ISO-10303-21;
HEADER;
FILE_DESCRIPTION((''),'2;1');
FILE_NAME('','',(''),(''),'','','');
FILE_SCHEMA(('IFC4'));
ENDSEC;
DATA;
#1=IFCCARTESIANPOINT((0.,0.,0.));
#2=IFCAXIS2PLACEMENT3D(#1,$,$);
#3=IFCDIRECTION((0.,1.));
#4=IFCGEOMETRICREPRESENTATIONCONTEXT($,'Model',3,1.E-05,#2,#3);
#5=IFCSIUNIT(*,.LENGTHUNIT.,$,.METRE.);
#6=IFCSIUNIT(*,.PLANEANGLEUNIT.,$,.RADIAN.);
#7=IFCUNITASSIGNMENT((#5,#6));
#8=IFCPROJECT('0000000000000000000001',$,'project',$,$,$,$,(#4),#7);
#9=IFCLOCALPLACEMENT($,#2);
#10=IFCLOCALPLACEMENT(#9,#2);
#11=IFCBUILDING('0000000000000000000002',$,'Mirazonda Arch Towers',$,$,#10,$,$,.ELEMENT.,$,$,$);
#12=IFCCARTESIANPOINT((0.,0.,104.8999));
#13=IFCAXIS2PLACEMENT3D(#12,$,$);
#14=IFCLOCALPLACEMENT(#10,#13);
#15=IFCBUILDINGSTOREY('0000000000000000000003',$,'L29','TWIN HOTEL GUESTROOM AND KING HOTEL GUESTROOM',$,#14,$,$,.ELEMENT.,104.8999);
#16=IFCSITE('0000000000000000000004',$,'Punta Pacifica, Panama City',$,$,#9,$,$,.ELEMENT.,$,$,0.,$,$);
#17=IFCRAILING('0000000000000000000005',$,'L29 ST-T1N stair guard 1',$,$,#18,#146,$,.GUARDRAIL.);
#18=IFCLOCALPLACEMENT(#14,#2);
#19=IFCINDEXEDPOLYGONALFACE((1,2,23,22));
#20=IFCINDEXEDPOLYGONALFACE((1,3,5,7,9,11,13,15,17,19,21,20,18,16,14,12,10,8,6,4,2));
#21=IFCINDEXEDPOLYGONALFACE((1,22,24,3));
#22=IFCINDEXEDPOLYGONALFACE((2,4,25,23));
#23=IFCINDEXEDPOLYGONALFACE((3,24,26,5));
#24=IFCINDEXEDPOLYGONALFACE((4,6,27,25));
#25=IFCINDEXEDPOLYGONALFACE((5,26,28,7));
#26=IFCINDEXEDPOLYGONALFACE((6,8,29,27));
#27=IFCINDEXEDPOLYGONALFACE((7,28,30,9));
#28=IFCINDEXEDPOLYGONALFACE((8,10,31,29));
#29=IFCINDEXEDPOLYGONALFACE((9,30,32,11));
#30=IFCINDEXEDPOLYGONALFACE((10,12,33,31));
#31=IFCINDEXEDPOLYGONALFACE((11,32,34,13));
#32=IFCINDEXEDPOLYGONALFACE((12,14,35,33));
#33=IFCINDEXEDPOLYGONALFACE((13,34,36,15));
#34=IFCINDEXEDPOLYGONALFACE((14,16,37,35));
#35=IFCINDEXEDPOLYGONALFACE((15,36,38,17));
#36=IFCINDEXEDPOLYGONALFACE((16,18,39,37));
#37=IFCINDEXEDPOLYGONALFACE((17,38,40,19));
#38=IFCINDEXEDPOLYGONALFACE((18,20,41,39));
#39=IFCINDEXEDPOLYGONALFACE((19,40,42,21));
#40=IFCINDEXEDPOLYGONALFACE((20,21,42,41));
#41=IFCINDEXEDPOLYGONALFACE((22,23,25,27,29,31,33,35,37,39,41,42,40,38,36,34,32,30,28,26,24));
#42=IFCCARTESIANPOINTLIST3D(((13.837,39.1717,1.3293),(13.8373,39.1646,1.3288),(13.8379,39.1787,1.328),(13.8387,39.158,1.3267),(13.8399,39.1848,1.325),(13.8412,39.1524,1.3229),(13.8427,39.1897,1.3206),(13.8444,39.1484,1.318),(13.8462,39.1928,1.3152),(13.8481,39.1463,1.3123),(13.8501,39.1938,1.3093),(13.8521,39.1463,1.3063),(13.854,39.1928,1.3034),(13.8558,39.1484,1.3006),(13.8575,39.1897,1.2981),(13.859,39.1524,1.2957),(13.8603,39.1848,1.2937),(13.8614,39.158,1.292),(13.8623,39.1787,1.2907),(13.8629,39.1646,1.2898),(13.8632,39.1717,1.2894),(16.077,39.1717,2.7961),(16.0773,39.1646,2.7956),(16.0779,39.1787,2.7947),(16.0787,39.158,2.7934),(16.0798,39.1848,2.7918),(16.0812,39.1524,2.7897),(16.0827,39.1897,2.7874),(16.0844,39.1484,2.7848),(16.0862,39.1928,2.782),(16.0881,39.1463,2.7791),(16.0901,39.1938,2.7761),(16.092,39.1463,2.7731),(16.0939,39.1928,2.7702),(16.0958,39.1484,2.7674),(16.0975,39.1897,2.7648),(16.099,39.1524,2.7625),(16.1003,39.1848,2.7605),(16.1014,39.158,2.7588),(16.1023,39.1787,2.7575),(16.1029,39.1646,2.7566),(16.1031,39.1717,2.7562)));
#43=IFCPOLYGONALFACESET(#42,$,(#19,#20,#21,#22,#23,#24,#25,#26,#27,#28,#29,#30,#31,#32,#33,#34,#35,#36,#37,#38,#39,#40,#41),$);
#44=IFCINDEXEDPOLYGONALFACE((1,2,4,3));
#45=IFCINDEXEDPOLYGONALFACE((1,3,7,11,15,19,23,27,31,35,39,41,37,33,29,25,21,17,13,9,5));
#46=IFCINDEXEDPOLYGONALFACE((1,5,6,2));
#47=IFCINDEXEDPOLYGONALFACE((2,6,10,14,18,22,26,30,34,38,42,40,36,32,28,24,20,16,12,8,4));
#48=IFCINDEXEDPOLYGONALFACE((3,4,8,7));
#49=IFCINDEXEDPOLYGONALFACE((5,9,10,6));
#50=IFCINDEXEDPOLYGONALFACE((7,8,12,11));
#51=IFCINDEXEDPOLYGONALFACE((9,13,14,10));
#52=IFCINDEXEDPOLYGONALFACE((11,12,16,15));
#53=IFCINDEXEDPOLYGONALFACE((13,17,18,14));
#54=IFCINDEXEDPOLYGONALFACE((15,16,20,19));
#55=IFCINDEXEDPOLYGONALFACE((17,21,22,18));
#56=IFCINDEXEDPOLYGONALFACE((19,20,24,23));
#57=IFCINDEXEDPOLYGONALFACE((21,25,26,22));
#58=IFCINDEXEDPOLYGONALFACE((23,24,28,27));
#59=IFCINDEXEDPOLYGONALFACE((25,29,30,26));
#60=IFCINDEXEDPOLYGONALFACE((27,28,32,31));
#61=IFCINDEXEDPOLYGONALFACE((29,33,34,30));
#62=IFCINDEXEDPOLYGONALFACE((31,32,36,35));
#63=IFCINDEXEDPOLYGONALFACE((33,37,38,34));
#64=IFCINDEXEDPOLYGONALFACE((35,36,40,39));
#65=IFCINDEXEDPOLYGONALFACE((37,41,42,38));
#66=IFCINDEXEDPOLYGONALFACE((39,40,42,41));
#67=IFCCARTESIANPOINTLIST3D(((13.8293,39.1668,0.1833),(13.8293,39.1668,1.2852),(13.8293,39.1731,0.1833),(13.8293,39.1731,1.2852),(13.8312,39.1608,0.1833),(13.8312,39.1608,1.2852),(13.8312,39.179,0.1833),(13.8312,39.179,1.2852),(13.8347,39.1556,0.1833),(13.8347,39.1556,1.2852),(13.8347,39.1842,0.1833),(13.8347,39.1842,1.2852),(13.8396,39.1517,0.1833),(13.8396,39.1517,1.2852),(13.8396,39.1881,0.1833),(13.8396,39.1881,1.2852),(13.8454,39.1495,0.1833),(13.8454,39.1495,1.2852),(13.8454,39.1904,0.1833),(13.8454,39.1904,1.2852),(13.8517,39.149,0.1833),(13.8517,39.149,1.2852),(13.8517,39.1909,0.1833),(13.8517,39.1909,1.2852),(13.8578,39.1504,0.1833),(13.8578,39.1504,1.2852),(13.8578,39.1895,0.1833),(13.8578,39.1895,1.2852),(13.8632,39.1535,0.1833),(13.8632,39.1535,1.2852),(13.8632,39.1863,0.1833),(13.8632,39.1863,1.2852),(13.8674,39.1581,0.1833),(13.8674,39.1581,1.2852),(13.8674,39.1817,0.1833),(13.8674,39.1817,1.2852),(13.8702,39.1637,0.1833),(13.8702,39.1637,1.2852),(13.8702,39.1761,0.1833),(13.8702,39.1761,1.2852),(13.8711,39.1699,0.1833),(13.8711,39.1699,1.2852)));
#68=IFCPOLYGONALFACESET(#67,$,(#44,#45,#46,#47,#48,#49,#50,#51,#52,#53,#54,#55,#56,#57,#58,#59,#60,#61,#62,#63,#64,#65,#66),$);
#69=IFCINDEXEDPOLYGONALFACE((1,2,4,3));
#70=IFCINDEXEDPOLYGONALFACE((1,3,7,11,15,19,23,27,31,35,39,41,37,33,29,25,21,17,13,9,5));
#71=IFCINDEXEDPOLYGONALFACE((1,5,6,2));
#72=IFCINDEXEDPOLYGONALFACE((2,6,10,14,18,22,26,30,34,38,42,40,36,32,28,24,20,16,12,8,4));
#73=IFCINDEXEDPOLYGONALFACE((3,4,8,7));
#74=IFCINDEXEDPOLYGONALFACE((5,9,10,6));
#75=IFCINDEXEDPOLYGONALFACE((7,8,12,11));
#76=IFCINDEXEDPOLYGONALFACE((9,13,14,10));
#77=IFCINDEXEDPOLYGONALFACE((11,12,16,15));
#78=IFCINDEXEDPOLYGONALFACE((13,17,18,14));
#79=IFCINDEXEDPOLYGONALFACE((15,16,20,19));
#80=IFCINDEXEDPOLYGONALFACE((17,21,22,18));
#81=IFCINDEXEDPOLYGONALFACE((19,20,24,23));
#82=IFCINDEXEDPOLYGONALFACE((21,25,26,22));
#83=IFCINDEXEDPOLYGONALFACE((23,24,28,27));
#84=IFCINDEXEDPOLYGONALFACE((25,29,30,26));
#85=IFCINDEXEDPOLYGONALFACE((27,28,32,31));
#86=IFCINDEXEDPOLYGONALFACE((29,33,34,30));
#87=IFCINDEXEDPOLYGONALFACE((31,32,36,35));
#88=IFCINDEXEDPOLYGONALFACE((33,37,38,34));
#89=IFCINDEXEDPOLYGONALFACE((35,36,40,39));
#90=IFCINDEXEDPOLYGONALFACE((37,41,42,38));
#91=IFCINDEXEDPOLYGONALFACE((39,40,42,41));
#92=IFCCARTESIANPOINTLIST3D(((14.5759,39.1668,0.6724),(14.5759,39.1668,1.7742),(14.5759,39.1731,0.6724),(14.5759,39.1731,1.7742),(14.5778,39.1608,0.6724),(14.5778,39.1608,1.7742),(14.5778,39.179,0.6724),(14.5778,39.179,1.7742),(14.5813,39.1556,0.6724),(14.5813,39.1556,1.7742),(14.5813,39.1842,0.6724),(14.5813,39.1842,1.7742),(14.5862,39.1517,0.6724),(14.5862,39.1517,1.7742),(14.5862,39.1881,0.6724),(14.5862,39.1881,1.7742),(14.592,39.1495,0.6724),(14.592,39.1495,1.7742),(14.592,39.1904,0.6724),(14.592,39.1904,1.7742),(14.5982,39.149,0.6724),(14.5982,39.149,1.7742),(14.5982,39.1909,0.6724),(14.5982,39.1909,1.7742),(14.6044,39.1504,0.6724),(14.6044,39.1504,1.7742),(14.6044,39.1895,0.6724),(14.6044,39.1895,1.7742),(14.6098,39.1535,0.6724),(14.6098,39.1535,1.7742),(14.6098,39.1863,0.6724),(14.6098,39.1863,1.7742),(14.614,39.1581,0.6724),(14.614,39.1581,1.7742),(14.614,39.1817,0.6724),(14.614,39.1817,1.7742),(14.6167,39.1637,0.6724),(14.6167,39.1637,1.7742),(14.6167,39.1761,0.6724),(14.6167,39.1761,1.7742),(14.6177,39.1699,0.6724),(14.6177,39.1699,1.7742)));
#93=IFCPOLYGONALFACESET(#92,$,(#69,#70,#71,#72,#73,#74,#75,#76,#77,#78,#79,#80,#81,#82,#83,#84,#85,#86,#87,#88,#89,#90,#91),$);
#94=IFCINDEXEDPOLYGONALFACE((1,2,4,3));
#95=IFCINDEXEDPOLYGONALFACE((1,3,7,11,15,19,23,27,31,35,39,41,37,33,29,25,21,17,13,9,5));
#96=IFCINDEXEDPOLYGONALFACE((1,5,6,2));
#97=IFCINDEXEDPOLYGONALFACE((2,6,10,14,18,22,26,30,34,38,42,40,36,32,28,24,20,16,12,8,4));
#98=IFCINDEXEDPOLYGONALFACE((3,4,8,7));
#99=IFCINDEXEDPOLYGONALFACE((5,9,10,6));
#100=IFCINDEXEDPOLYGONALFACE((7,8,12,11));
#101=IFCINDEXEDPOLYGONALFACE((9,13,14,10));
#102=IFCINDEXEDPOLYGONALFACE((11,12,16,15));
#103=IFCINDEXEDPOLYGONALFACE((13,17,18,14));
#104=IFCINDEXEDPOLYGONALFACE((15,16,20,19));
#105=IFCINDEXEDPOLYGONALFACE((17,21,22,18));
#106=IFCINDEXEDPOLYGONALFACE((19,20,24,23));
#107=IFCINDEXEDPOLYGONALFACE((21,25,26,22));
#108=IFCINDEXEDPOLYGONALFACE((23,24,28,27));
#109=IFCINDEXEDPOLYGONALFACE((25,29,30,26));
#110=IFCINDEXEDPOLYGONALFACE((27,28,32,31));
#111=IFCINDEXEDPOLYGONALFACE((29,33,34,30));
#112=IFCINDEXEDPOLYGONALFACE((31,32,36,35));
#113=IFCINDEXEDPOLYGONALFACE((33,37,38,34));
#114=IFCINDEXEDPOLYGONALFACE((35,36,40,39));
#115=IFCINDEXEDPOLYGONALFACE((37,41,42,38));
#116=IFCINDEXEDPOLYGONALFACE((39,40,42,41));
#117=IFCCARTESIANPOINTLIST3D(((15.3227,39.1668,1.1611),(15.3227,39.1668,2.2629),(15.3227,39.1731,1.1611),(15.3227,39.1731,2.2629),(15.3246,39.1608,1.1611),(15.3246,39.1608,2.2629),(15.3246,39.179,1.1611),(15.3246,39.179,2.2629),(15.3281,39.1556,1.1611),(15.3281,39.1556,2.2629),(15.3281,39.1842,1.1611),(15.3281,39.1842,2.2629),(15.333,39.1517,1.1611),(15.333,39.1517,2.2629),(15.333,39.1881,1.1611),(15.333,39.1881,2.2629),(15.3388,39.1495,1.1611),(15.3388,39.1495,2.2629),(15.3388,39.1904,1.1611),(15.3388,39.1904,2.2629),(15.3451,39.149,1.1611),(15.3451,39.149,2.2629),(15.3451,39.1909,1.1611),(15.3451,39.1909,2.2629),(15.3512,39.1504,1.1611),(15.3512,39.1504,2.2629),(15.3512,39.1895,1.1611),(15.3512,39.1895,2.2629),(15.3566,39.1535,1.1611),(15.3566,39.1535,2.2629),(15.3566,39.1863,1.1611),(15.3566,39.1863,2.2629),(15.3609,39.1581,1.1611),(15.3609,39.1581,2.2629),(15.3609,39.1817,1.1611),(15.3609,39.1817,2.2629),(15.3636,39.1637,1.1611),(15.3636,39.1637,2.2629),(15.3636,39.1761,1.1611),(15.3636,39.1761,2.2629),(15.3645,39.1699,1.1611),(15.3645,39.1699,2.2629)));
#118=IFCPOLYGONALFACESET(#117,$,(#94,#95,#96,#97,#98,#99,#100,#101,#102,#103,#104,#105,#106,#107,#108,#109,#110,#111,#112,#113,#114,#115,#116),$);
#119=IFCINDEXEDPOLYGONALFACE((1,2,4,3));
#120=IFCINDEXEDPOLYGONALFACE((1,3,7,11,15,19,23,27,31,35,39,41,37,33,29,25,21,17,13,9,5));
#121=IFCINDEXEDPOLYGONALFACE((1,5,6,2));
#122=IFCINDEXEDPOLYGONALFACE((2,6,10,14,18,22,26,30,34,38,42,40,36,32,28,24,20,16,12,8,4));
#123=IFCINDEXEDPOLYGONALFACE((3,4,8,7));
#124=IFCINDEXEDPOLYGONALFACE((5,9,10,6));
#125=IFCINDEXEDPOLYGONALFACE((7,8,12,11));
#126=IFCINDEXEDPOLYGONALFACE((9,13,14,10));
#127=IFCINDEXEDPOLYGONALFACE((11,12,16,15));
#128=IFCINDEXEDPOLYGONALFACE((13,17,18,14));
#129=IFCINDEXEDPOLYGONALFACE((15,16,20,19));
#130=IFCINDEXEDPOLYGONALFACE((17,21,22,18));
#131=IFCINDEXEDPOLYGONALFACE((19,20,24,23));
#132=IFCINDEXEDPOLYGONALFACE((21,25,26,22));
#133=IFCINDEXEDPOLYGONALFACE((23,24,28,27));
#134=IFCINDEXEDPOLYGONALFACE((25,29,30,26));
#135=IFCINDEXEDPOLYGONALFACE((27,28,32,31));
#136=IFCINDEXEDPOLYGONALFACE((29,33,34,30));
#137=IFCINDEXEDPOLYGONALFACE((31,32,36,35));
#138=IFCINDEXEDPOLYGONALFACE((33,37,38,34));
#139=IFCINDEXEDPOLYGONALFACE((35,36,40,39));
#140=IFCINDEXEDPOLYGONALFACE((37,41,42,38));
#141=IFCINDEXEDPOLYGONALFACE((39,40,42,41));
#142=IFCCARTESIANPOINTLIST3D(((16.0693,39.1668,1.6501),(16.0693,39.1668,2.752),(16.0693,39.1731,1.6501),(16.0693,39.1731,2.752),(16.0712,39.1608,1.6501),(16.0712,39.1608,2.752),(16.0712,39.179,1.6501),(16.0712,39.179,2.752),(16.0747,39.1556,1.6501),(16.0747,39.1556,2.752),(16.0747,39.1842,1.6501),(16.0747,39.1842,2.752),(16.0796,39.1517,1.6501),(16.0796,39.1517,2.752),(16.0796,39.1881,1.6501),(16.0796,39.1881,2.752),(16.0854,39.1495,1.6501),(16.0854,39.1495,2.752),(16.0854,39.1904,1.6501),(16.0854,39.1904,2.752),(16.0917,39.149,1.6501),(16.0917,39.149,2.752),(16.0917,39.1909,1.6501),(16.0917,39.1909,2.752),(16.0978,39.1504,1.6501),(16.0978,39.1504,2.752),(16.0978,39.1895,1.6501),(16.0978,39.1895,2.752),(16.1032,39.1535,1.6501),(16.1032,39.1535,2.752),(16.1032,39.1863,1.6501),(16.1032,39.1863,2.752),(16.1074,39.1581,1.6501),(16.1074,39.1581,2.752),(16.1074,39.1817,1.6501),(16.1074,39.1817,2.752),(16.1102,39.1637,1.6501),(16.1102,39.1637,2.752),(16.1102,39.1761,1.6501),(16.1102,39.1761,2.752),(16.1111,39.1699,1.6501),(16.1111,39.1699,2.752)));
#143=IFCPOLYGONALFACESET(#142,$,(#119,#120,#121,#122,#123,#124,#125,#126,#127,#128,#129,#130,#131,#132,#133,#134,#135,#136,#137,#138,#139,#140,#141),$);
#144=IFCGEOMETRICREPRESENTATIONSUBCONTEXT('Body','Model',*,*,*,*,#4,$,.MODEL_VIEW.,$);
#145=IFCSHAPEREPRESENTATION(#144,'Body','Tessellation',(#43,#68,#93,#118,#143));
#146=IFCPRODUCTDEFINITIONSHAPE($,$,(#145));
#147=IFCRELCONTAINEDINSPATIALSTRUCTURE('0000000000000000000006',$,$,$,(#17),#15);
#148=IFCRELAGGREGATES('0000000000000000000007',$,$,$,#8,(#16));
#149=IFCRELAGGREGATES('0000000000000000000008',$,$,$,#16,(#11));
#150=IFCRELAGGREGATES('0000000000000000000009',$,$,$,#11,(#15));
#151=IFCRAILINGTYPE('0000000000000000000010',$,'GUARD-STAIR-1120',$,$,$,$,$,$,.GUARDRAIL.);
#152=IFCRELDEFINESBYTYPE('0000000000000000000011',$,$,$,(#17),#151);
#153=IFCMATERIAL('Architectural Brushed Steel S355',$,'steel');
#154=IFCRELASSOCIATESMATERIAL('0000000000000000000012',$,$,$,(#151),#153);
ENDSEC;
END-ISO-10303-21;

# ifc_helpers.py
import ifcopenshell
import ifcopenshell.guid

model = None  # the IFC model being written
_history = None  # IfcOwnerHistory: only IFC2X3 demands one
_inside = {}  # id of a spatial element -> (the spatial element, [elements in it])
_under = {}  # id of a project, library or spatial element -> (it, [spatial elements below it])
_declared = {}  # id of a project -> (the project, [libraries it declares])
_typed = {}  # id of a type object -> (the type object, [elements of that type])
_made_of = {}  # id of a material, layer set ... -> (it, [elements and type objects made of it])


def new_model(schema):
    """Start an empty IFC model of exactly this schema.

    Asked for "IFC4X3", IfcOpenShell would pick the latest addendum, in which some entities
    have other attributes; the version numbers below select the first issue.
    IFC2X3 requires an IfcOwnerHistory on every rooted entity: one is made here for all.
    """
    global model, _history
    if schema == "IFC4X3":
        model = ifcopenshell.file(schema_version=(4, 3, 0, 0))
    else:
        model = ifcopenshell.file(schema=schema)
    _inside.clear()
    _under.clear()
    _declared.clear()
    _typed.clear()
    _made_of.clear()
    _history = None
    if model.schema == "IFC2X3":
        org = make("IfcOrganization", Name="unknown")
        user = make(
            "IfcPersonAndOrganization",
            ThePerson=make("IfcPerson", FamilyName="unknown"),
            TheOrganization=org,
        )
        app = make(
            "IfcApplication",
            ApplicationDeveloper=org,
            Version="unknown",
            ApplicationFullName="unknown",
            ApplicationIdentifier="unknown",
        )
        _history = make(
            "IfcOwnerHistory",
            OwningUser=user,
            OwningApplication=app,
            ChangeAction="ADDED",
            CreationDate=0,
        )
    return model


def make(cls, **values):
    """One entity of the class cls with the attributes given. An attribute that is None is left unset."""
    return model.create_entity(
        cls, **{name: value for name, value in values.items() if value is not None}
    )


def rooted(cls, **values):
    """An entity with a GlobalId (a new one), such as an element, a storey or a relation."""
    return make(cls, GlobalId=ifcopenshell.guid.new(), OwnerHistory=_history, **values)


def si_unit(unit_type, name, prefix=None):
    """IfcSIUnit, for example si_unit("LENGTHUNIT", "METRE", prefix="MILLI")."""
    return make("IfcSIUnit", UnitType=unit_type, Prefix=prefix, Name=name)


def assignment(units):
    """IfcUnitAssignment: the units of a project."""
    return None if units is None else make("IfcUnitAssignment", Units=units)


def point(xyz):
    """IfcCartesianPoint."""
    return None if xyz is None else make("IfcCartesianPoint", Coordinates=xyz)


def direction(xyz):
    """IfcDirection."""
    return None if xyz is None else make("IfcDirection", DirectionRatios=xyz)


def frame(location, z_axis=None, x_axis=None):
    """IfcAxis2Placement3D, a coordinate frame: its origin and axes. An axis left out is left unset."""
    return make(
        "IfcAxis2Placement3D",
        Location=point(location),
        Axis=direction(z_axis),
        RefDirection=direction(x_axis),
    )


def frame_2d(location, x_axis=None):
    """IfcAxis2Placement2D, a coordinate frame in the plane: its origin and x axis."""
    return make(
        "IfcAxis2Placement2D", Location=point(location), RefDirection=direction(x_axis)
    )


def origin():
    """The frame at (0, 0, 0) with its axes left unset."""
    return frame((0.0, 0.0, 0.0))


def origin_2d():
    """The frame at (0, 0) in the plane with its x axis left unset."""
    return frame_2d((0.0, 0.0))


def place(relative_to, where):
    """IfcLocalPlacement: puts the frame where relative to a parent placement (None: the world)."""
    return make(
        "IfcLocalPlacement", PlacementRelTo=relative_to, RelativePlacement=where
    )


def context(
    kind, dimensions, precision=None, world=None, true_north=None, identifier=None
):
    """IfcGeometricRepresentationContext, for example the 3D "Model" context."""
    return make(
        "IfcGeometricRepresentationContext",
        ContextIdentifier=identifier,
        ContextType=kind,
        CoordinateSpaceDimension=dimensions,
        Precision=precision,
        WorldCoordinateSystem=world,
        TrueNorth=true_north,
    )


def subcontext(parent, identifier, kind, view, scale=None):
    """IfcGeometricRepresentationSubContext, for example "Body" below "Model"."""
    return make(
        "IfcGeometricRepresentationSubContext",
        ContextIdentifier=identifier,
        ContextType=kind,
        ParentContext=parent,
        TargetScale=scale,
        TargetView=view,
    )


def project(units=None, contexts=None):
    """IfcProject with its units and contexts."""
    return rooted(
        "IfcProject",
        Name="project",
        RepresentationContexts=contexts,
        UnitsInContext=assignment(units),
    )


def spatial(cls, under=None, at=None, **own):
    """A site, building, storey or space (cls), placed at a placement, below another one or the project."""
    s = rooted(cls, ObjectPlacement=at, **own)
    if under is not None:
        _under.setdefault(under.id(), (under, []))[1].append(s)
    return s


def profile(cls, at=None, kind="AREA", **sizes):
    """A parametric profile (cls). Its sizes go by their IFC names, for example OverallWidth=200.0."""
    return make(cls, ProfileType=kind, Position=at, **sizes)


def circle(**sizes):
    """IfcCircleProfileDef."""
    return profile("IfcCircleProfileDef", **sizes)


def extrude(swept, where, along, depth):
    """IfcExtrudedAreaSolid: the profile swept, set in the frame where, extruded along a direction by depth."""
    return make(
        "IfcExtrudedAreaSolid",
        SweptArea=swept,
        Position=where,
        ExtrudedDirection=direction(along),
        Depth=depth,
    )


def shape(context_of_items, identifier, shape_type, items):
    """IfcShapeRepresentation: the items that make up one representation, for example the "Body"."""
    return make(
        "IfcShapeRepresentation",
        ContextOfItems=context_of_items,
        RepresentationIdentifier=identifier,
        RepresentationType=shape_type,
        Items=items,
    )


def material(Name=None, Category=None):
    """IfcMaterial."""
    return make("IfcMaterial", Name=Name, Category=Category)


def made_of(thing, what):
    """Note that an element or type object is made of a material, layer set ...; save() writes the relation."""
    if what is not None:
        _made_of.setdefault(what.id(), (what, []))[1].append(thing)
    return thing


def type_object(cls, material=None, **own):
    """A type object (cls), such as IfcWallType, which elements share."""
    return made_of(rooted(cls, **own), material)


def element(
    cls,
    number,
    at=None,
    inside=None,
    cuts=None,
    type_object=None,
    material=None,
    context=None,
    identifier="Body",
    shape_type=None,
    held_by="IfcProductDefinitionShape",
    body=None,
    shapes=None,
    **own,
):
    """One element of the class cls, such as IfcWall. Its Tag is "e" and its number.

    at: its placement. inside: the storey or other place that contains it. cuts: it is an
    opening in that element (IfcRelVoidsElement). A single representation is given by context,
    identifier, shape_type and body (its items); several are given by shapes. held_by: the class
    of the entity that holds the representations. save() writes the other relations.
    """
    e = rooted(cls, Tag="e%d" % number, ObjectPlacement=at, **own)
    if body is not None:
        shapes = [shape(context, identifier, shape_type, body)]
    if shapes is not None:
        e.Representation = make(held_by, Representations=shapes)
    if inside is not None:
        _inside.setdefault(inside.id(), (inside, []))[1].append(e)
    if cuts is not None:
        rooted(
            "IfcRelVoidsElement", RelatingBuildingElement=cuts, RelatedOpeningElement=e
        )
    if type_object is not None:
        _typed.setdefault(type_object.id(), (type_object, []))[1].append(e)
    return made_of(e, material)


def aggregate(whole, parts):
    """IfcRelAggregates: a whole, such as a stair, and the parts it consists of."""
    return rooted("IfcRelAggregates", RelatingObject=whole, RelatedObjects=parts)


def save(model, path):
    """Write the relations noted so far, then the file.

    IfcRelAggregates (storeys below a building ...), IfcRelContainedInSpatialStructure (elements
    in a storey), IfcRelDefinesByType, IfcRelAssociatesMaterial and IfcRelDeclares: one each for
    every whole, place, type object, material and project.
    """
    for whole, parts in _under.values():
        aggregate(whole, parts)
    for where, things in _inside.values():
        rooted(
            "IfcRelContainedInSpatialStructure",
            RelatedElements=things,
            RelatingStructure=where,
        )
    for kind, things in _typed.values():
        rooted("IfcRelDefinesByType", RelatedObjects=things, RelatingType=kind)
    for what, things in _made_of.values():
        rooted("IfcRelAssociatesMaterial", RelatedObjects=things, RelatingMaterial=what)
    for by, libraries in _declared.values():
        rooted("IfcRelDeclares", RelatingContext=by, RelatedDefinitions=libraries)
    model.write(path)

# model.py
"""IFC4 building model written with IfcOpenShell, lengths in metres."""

from ifc_helpers import new_model, si_unit, direction, frame, origin, origin_2d, place, context, subcontext, project, spatial, circle, extrude, material, type_object, element, save


model = new_model("IFC4")

# Units and contexts
model_context = context("Model", 3, precision=1e-05, world=origin(), true_north=direction((0.0, 1.0)))
body_context = subcontext(model_context, "Body", "Model", "MODEL_VIEW")
ifc_project = project(units=[si_unit("LENGTHUNIT", "METRE"), si_unit("PLANEANGLEUNIT", "RADIAN")], contexts=[model_context])

# Site, building, storey
site_placement = place(None, origin())
site = spatial("IfcSite", under=ifc_project, at=site_placement, Name="Punta Pacifica, Panama City", CompositionType="ELEMENT", RefElevation=0.0)
building_placement = place(site_placement, origin())
building = spatial("IfcBuilding", under=site, at=building_placement, Name="Mirazonda Arch Towers", CompositionType="ELEMENT")
storey_placement = place(building_placement, frame((0.0, 0.0, 104.8999)))
storey = spatial("IfcBuildingStorey", under=building, at=storey_placement, Name="L29", Description="TWIN HOTEL GUESTROOM AND KING HOTEL GUESTROOM", CompositionType="ELEMENT", Elevation=104.8999)

# Shared definitions
ifc_material_1 = material(Name="Architectural Brushed Steel S355", Category="steel")

# Railing
railing_type_1 = type_object("IfcRailingType", Name="GUARD-STAIR-1120", PredefinedType="GUARDRAIL", material=ifc_material_1)
railing_1_placement = place(storey_placement, frame((13.8501, 39.1699, 0.1833)))
element("IfcRailing", 1, at=railing_1_placement, inside=storey, type_object=railing_type_1, Name="L29 ST-T1N stair guard 1", PredefinedType="GUARDRAIL", context=body_context, shape_type="SweptSolid", body=[
    extrude(circle(Radius=0.0239, at=origin_2d()), frame((0.0, 0.0, 1.126), z_axis=(0.836595, 0.0, 0.547822), x_axis=(0.0, 1.0, 0.0)), (0.0, 0.0, 1.0), 2.6775),
    extrude(circle(Radius=0.021, at=origin_2d()), origin(), (0.0, 0.0, 1.0), 1.1018),
    extrude(circle(Radius=0.021, at=origin_2d()), frame((0.7466, 0.0, 0.489)), (0.0, 0.0, 1.0), 1.1018),
    extrude(circle(Radius=0.021, at=origin_2d()), frame((1.4934, 0.0, 0.9778)), (0.0, 0.0, 1.0), 1.1018),
    extrude(circle(Radius=0.021, at=origin_2d()), frame((2.24, 0.0, 1.4668)), (0.0, 0.0, 1.0), 1.1018),
])

save(model, "model.ifc")
